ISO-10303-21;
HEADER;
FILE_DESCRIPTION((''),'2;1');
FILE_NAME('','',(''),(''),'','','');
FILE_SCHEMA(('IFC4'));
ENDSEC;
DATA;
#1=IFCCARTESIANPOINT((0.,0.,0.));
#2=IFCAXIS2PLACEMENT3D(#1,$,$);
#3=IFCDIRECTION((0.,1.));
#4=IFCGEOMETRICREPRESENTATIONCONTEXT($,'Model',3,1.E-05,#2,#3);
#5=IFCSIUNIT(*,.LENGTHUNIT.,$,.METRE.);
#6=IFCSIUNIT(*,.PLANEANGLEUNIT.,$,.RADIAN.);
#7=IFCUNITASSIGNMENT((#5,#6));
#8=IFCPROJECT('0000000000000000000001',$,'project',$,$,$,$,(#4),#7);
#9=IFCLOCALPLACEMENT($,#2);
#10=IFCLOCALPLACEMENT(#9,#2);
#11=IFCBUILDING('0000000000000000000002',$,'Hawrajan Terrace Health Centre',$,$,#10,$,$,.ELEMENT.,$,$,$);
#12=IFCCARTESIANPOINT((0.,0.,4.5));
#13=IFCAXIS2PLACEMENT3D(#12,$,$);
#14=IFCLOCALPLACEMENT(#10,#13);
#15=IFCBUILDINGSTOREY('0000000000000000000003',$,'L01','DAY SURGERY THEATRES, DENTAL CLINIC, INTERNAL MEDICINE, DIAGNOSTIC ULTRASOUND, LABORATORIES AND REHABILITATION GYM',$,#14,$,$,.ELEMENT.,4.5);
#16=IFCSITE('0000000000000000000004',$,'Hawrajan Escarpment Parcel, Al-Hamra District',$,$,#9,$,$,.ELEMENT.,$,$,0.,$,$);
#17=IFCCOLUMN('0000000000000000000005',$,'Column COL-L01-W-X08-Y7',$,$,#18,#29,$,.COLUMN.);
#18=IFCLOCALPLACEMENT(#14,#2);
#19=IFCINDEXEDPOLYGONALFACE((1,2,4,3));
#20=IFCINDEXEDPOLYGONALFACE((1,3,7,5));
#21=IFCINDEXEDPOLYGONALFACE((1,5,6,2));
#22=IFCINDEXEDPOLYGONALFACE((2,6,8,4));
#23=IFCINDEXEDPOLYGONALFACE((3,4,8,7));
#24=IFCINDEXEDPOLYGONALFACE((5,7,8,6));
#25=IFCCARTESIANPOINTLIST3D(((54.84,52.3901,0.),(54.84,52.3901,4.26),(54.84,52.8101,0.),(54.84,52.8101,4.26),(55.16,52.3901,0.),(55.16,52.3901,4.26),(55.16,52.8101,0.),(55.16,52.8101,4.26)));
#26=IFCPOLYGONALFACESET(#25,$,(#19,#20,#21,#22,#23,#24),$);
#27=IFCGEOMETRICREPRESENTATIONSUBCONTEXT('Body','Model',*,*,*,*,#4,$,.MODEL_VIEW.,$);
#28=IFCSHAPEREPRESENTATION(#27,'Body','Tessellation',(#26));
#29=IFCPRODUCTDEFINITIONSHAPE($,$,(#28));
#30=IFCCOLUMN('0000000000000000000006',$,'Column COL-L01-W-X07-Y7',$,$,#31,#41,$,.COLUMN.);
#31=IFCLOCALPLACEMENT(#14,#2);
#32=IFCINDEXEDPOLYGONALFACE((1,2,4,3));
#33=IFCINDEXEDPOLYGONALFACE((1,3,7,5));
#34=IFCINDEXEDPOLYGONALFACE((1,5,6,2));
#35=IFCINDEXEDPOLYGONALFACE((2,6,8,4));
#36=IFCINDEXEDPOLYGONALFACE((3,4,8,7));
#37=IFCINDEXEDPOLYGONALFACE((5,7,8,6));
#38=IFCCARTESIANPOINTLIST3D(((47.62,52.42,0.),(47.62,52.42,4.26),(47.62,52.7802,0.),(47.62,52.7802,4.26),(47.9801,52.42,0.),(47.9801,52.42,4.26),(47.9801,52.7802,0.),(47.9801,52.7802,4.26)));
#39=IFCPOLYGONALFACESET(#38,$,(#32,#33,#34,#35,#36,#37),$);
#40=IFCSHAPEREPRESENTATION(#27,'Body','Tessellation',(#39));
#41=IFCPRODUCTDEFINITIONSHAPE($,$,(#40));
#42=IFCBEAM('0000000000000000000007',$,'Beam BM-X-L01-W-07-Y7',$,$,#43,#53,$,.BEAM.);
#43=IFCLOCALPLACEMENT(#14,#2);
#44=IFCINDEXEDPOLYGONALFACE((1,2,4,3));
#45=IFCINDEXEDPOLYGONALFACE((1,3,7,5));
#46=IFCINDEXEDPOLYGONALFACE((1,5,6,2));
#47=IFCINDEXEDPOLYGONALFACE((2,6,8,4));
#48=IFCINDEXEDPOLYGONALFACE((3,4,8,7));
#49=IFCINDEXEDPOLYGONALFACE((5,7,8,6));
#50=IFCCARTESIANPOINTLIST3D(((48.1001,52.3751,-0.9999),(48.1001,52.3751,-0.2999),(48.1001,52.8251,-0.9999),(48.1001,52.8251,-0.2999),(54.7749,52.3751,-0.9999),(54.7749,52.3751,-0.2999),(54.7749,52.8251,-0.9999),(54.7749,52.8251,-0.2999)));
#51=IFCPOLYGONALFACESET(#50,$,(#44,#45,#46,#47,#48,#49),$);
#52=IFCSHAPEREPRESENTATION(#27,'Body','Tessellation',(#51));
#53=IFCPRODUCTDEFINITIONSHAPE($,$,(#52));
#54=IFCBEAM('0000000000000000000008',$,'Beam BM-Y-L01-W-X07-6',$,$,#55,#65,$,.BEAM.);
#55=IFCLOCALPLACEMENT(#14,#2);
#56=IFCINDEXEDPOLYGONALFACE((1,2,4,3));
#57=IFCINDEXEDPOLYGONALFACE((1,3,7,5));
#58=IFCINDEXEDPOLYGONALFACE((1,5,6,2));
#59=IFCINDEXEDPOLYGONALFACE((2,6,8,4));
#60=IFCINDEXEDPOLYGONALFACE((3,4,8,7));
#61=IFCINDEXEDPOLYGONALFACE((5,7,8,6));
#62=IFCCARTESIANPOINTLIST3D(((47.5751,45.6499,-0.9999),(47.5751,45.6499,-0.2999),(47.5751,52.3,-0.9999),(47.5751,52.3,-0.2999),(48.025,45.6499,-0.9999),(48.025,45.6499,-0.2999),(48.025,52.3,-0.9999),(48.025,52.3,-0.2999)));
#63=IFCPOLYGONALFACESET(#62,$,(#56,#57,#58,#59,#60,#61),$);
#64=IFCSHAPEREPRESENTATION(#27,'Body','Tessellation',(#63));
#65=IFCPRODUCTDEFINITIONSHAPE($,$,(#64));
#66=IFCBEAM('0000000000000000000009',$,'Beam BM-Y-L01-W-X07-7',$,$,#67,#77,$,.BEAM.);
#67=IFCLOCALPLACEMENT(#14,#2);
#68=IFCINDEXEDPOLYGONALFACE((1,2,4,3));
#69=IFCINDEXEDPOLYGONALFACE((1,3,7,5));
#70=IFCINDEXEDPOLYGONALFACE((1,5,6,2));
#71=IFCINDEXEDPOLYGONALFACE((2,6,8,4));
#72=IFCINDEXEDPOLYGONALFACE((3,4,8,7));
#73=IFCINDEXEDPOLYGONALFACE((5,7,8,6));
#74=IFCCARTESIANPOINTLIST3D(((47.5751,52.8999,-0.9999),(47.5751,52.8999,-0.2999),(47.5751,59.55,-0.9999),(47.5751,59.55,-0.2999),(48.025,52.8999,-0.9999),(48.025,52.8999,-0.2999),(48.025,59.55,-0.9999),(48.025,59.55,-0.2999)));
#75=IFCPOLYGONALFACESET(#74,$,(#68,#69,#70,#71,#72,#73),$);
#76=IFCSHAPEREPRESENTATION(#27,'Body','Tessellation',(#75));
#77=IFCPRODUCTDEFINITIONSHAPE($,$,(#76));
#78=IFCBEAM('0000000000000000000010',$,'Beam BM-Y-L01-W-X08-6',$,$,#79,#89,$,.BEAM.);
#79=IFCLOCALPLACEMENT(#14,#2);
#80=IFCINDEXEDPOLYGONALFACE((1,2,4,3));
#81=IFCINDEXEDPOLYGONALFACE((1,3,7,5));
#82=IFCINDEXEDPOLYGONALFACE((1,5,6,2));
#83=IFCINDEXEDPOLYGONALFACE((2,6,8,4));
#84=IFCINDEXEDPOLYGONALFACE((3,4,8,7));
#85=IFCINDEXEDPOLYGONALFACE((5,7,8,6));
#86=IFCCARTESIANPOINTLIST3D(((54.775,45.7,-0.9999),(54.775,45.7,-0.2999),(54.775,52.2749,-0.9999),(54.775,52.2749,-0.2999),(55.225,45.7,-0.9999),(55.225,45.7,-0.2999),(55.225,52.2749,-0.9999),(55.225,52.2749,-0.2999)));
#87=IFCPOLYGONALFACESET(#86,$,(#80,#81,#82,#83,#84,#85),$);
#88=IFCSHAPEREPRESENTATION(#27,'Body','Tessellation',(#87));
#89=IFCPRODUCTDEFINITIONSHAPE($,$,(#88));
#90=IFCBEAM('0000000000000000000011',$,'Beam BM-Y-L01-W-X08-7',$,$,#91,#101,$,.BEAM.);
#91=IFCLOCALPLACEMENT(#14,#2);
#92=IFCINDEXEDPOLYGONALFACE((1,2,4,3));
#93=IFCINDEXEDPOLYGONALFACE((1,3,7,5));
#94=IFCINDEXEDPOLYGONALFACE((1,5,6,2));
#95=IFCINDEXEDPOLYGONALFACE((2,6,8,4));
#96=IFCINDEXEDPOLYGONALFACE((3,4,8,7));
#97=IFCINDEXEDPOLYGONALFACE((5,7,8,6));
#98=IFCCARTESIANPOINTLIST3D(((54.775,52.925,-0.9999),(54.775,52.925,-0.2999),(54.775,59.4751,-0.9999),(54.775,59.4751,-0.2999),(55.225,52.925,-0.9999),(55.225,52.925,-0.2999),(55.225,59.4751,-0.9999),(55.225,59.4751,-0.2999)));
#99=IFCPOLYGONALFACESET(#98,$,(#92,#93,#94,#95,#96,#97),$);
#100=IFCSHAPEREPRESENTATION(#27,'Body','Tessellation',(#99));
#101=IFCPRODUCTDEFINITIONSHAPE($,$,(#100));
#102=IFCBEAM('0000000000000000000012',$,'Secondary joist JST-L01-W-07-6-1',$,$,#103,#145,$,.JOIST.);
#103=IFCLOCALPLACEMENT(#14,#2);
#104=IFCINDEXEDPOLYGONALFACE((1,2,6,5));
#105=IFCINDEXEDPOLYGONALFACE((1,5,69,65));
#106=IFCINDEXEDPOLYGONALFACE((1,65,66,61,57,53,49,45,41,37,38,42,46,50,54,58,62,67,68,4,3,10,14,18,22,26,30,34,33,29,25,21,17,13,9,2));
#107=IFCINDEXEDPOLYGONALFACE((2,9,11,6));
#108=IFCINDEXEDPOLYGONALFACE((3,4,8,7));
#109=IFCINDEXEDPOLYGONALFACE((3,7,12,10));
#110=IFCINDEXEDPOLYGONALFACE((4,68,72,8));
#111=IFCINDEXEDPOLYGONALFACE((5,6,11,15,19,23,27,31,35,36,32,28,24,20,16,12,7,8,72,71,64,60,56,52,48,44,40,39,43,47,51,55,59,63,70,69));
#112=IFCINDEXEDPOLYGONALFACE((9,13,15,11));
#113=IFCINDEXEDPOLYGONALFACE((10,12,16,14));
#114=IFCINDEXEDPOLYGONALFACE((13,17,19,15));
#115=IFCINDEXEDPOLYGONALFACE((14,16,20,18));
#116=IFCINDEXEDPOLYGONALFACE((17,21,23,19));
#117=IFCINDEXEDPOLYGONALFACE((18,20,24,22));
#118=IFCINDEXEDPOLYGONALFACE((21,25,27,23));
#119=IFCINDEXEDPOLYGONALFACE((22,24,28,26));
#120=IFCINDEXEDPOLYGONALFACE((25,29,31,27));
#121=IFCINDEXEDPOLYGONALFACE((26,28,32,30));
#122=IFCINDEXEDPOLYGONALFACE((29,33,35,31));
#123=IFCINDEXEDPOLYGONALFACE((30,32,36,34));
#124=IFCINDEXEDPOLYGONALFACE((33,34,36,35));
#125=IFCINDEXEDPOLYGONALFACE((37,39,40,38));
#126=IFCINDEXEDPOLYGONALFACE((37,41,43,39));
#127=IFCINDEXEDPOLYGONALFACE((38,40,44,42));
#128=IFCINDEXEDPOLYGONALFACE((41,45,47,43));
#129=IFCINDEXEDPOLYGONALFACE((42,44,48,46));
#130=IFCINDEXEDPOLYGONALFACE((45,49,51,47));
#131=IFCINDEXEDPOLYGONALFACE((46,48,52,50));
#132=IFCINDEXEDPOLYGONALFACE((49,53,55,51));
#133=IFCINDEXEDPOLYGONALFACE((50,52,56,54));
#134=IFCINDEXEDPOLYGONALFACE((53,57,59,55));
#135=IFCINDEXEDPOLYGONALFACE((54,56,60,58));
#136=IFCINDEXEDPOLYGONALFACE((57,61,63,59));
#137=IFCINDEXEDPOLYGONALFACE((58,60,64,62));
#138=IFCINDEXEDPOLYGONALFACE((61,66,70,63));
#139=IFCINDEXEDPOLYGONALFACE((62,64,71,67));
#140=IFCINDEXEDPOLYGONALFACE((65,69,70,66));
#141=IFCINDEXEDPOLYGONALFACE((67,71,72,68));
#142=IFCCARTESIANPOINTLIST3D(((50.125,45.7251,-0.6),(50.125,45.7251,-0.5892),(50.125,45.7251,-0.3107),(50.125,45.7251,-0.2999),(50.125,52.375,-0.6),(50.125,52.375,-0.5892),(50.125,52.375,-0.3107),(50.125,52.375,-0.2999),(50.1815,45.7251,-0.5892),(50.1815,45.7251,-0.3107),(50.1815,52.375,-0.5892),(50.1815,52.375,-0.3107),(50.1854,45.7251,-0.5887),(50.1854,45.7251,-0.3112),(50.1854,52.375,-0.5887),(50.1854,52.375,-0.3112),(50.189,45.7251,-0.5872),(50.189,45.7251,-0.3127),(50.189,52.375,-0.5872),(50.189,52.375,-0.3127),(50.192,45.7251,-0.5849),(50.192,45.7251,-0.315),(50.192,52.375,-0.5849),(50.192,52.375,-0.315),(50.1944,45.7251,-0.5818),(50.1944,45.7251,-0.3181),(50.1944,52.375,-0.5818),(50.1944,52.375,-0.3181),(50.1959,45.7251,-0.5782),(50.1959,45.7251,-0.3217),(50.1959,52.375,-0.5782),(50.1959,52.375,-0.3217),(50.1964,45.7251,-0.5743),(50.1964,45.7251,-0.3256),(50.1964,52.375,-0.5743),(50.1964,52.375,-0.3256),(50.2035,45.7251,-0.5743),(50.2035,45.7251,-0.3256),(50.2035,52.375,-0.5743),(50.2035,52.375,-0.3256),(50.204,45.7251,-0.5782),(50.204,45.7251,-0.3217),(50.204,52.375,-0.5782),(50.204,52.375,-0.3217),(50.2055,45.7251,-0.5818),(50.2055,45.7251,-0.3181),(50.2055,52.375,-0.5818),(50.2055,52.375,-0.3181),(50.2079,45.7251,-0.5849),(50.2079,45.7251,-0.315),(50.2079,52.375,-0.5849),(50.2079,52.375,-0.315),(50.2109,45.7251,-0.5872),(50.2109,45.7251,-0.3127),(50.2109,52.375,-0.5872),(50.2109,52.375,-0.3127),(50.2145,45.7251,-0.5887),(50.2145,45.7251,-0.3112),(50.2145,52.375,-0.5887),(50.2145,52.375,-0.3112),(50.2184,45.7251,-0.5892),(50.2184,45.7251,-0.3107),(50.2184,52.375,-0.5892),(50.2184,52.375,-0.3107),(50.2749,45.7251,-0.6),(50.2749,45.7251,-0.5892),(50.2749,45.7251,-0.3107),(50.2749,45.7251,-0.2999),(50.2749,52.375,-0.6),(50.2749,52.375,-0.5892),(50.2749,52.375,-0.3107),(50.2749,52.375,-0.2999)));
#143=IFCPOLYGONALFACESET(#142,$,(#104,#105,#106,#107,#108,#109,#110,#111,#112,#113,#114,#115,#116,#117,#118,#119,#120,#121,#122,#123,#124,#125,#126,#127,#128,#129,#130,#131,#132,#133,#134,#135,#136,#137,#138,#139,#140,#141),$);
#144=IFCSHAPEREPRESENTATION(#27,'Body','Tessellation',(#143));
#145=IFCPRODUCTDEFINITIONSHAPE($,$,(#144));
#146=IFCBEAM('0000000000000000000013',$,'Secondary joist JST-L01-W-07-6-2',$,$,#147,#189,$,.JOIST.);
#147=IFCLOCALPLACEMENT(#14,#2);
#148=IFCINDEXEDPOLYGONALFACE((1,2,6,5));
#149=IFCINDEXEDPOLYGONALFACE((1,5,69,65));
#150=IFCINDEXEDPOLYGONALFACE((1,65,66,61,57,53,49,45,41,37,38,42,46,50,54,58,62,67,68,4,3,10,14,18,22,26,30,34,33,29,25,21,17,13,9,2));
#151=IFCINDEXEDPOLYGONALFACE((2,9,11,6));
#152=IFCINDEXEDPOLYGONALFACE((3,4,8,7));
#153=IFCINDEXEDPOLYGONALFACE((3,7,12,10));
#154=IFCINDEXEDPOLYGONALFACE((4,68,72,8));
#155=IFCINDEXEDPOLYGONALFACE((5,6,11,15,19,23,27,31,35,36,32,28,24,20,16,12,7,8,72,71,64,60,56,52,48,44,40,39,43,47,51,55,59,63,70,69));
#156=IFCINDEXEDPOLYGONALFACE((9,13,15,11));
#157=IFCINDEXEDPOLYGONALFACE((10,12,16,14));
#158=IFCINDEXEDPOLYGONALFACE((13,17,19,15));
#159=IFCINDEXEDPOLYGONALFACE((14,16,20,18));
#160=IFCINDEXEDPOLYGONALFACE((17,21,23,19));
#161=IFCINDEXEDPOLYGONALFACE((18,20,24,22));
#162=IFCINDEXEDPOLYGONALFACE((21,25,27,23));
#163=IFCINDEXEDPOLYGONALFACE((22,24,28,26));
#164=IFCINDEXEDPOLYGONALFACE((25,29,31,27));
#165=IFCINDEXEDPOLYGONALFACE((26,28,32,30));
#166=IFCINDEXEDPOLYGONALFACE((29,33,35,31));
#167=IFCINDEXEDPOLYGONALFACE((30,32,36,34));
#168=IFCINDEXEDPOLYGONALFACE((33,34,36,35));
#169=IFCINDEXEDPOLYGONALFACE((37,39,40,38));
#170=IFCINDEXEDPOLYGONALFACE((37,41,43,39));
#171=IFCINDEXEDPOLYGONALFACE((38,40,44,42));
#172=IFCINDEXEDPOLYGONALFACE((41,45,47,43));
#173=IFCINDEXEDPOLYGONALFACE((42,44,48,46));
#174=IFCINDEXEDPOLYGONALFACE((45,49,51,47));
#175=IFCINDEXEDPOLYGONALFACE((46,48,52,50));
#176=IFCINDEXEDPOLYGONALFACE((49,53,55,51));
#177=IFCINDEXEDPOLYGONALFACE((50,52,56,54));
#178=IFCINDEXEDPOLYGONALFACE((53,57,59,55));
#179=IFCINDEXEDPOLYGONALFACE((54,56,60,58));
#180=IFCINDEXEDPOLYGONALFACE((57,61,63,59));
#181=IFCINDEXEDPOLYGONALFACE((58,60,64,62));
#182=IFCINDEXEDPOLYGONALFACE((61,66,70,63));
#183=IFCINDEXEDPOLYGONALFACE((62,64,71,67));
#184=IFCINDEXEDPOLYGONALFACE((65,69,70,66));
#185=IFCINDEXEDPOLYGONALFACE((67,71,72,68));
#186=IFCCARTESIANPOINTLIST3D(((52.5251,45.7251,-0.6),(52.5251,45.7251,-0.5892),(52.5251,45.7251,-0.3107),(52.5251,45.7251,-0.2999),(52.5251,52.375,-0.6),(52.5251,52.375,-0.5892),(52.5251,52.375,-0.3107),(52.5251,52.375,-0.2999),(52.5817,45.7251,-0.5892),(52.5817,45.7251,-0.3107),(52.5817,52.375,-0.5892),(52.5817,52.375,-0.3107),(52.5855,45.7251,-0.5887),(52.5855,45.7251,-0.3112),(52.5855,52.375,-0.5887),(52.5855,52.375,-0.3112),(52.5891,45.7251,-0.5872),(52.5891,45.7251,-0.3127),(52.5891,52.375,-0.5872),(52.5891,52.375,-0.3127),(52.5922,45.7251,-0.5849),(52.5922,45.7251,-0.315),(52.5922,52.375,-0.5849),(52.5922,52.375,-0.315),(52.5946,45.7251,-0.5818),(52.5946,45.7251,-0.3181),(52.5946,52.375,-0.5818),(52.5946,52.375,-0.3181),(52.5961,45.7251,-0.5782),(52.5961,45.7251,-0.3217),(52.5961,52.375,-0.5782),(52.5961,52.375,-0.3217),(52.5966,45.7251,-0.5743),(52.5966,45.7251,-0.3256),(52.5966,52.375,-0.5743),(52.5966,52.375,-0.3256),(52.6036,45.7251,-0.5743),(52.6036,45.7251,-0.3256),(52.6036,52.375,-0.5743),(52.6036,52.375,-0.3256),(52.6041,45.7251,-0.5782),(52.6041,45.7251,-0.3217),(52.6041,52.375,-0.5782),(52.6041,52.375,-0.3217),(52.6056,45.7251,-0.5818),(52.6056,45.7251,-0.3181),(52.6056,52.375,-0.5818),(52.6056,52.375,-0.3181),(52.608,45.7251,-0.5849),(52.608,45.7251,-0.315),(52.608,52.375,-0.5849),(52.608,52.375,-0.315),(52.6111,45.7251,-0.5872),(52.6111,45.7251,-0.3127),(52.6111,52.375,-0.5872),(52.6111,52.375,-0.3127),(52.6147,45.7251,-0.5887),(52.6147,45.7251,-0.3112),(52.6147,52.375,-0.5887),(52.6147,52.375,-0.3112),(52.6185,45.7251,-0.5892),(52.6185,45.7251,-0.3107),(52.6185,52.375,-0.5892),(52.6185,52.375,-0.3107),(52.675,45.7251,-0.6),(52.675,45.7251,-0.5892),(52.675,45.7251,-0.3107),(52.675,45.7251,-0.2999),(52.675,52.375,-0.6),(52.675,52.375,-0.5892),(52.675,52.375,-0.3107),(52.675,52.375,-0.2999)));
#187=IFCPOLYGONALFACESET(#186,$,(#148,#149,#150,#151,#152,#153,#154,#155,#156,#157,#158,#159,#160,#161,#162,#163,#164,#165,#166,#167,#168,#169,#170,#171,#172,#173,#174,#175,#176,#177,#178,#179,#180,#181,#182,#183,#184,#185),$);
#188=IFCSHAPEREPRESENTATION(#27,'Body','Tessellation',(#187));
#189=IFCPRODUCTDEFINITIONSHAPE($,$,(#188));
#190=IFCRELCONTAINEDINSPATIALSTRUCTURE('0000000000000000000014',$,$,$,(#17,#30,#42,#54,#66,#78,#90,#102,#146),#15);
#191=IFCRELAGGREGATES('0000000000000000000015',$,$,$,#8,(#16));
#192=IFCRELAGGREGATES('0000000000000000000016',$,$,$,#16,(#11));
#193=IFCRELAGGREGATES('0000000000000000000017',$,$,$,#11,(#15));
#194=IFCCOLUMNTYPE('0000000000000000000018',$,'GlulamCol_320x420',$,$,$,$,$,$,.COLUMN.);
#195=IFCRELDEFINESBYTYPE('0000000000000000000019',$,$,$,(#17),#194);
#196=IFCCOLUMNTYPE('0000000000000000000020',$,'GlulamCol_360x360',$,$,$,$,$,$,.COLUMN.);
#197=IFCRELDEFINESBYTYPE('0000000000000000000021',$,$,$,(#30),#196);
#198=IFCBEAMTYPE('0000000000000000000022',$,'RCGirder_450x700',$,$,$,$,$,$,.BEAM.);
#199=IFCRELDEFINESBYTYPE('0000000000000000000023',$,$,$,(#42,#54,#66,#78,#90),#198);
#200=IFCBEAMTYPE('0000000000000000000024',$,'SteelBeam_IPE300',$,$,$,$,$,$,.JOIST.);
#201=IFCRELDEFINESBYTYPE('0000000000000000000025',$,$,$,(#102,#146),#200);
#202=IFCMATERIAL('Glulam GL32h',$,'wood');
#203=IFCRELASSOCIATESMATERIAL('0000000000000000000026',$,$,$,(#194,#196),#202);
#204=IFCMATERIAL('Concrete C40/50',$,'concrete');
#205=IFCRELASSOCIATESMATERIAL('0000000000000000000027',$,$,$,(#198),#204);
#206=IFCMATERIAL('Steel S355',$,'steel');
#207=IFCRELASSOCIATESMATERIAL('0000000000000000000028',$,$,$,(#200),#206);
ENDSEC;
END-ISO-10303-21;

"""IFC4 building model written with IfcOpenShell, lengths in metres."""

from ifc_helpers import new_model, si_unit, direction, frame, origin, origin_2d, place, context, subcontext, project, spatial, rectangle, i_section, extrude, material, material_profile, profile_set, type_object, element, save


model = new_model("IFC4")

# Units and contexts
model_context = context("Model", 3, precision=1e-05, world=origin(), true_north=direction((0.0, 1.0)))
body_context = subcontext(model_context, "Body", "Model", "MODEL_VIEW")
ifc_project = project(units=[si_unit("LENGTHUNIT", "METRE"), si_unit("PLANEANGLEUNIT", "RADIAN")], contexts=[model_context])

# Site, building, storey
site_placement = place(None, origin())
site = spatial("IfcSite", under=ifc_project, at=site_placement, Name="Hawrajan Escarpment Parcel, Al-Hamra District", CompositionType="ELEMENT", RefElevation=0.0)
building_placement = place(site_placement, origin())
building = spatial("IfcBuilding", under=site, at=building_placement, Name="Hawrajan Terrace Health Centre", CompositionType="ELEMENT")
storey_placement = place(building_placement, frame((0.0, 0.0, 4.5)))
storey = spatial("IfcBuildingStorey", under=building, at=storey_placement, Name="L01", Description="DAY SURGERY THEATRES, DENTAL CLINIC, INTERNAL MEDICINE, DIAGNOSTIC ULTRASOUND, LABORATORIES AND REHABILITATION GYM", CompositionType="ELEMENT", Elevation=4.5)

# Columns
ifc_material_1 = material(Name="Glulam GL32h", Category="wood")
ifc_material_profile_1 = material_profile(ifc_material_1, rectangle(XDim=0.3201, YDim=0.4199, at=origin_2d()), Name="GL 320x420")
ifc_profile_set_1 = profile_set([ifc_material_profile_1], Name="Glulam GL32h")
column_type_1 = type_object("IfcColumnType", Name="GlulamCol_320x420", PredefinedType="COLUMN", material=ifc_profile_set_1)
column_1_placement = place(storey_placement, frame((55.0, 52.6001, 0.0), z_axis=(0.0, 0.0, 1.0), x_axis=(1.0, 0.0, 0.0)))
element("IfcColumn", 1, at=column_1_placement, inside=storey, type_object=column_type_1, Name="Column COL-L01-W-X08-Y7", PredefinedType="COLUMN", context=body_context, shape_type="SweptSolid", body=[
    extrude(rectangle(XDim=0.3201, YDim=0.4199, at=origin_2d()), origin(), (0.0, 0.0, 1.0), 4.26),
])
ifc_material_profile_2 = material_profile(ifc_material_1, rectangle(XDim=0.3601, YDim=0.3601, at=origin_2d()), Name="GL 360x360")
ifc_profile_set_2 = profile_set([ifc_material_profile_2], Name="Glulam GL32h")
column_type_2 = type_object("IfcColumnType", Name="GlulamCol_360x360", PredefinedType="COLUMN", material=ifc_profile_set_2)
column_2_placement = place(storey_placement, frame((47.8, 52.6001, 0.0), z_axis=(0.0, 0.0, 1.0), x_axis=(1.0, 0.0, 0.0)))
element("IfcColumn", 2, at=column_2_placement, inside=storey, type_object=column_type_2, Name="Column COL-L01-W-X07-Y7", PredefinedType="COLUMN", context=body_context, shape_type="SweptSolid", body=[
    extrude(rectangle(XDim=0.3601, YDim=0.3601, at=origin_2d()), origin(), (0.0, 0.0, 1.0), 4.26),
])

# Beams
ifc_material_2 = material(Name="Concrete C40/50", Category="concrete")
ifc_material_profile_3 = material_profile(ifc_material_2, rectangle(XDim=0.45, YDim=0.7, at=origin_2d()), Name="RC BM 450x700")
ifc_profile_set_3 = profile_set([ifc_material_profile_3], Name="Concrete C40/50")
beam_type_1 = type_object("IfcBeamType", Name="RCGirder_450x700", PredefinedType="BEAM", material=ifc_profile_set_3)
beam_1_placement = place(storey_placement, frame((48.1001, 52.6001, -0.6499), z_axis=(1.0, 0.0, 0.0), x_axis=(0.0, 1.0, 0.0)))
element("IfcBeam", 3, at=beam_1_placement, inside=storey, type_object=beam_type_1, Name="Beam BM-X-L01-W-07-Y7", PredefinedType="BEAM", context=body_context, shape_type="SweptSolid", body=[
    extrude(rectangle(XDim=0.45, YDim=0.7, at=origin_2d()), origin(), (0.0, 0.0, 1.0), 6.6748),
])
for number, where, z_axis, x_axis, name in (
    (4, (47.8, 45.6499, -0.6499), (0.0, 1.0, 0.0), (-1.0, 0.0, 0.0), "Beam BM-Y-L01-W-X07-6"),
    (5, (47.8, 52.8999, -0.6499), (0.0, 1.0, 0.0), (-1.0, 0.0, 0.0), "Beam BM-Y-L01-W-X07-7"),
):
    element("IfcBeam", number, at=place(storey_placement, frame(where, z_axis=z_axis, x_axis=x_axis)), inside=storey, type_object=beam_type_1, Name=name, PredefinedType="BEAM", context=body_context, shape_type="SweptSolid", body=[
        extrude(rectangle(XDim=0.45, YDim=0.7, at=origin_2d()), origin(), (0.0, 0.0, 1.0), 6.6501),
    ])
beam_2_placement = place(storey_placement, frame((55.0, 45.7, -0.6499), z_axis=(0.0, 1.0, 0.0), x_axis=(-1.0, 0.0, 0.0)))
element("IfcBeam", 6, at=beam_2_placement, inside=storey, type_object=beam_type_1, Name="Beam BM-Y-L01-W-X08-6", PredefinedType="BEAM", context=body_context, shape_type="SweptSolid", body=[
    extrude(rectangle(XDim=0.45, YDim=0.7, at=origin_2d()), origin(), (0.0, 0.0, 1.0), 6.575),
])
beam_3_placement = place(storey_placement, frame((55.0, 52.925, -0.6499), z_axis=(0.0, 1.0, 0.0), x_axis=(-1.0, 0.0, 0.0)))
element("IfcBeam", 7, at=beam_3_placement, inside=storey, type_object=beam_type_1, Name="Beam BM-Y-L01-W-X08-7", PredefinedType="BEAM", context=body_context, shape_type="SweptSolid", body=[
    extrude(rectangle(XDim=0.45, YDim=0.7, at=origin_2d()), origin(), (0.0, 0.0, 1.0), 6.55),
])
ifc_material_3 = material(Name="Steel S355", Category="steel")
ifc_material_profile_4 = material_profile(ifc_material_3, i_section(OverallWidth=0.1499, OverallDepth=0.3, WebThickness=0.0071, FlangeThickness=0.0107, FilletRadius=0.0149, at=origin_2d()), Name="IPE 300")
ifc_profile_set_4 = profile_set([ifc_material_profile_4], Name="Steel S355")
beam_type_2 = type_object("IfcBeamType", Name="SteelBeam_IPE300", PredefinedType="JOIST", material=ifc_profile_set_4)
for number, where, z_axis, x_axis, name in (
    (8, (50.2, 45.7251, -0.45), (0.0, 1.0, 0.0), (-1.0, 0.0, 0.0), "Secondary joist JST-L01-W-07-6-1"),
    (9, (52.6001, 45.7251, -0.45), (0.0, 1.0, 0.0), (-1.0, 0.0, 0.0), "Secondary joist JST-L01-W-07-6-2"),
):
    element("IfcBeam", number, at=place(storey_placement, frame(where, z_axis=z_axis, x_axis=x_axis)), inside=storey, type_object=beam_type_2, Name=name, PredefinedType="JOIST", context=body_context, shape_type="SweptSolid", body=[
        extrude(i_section(OverallWidth=0.1499, OverallDepth=0.3, WebThickness=0.0071, FlangeThickness=0.0107, FilletRadius=0.0149, at=origin_2d()), origin(), (0.0, 0.0, 1.0), 6.6499),
    ])

save(model, "model.ifc")
